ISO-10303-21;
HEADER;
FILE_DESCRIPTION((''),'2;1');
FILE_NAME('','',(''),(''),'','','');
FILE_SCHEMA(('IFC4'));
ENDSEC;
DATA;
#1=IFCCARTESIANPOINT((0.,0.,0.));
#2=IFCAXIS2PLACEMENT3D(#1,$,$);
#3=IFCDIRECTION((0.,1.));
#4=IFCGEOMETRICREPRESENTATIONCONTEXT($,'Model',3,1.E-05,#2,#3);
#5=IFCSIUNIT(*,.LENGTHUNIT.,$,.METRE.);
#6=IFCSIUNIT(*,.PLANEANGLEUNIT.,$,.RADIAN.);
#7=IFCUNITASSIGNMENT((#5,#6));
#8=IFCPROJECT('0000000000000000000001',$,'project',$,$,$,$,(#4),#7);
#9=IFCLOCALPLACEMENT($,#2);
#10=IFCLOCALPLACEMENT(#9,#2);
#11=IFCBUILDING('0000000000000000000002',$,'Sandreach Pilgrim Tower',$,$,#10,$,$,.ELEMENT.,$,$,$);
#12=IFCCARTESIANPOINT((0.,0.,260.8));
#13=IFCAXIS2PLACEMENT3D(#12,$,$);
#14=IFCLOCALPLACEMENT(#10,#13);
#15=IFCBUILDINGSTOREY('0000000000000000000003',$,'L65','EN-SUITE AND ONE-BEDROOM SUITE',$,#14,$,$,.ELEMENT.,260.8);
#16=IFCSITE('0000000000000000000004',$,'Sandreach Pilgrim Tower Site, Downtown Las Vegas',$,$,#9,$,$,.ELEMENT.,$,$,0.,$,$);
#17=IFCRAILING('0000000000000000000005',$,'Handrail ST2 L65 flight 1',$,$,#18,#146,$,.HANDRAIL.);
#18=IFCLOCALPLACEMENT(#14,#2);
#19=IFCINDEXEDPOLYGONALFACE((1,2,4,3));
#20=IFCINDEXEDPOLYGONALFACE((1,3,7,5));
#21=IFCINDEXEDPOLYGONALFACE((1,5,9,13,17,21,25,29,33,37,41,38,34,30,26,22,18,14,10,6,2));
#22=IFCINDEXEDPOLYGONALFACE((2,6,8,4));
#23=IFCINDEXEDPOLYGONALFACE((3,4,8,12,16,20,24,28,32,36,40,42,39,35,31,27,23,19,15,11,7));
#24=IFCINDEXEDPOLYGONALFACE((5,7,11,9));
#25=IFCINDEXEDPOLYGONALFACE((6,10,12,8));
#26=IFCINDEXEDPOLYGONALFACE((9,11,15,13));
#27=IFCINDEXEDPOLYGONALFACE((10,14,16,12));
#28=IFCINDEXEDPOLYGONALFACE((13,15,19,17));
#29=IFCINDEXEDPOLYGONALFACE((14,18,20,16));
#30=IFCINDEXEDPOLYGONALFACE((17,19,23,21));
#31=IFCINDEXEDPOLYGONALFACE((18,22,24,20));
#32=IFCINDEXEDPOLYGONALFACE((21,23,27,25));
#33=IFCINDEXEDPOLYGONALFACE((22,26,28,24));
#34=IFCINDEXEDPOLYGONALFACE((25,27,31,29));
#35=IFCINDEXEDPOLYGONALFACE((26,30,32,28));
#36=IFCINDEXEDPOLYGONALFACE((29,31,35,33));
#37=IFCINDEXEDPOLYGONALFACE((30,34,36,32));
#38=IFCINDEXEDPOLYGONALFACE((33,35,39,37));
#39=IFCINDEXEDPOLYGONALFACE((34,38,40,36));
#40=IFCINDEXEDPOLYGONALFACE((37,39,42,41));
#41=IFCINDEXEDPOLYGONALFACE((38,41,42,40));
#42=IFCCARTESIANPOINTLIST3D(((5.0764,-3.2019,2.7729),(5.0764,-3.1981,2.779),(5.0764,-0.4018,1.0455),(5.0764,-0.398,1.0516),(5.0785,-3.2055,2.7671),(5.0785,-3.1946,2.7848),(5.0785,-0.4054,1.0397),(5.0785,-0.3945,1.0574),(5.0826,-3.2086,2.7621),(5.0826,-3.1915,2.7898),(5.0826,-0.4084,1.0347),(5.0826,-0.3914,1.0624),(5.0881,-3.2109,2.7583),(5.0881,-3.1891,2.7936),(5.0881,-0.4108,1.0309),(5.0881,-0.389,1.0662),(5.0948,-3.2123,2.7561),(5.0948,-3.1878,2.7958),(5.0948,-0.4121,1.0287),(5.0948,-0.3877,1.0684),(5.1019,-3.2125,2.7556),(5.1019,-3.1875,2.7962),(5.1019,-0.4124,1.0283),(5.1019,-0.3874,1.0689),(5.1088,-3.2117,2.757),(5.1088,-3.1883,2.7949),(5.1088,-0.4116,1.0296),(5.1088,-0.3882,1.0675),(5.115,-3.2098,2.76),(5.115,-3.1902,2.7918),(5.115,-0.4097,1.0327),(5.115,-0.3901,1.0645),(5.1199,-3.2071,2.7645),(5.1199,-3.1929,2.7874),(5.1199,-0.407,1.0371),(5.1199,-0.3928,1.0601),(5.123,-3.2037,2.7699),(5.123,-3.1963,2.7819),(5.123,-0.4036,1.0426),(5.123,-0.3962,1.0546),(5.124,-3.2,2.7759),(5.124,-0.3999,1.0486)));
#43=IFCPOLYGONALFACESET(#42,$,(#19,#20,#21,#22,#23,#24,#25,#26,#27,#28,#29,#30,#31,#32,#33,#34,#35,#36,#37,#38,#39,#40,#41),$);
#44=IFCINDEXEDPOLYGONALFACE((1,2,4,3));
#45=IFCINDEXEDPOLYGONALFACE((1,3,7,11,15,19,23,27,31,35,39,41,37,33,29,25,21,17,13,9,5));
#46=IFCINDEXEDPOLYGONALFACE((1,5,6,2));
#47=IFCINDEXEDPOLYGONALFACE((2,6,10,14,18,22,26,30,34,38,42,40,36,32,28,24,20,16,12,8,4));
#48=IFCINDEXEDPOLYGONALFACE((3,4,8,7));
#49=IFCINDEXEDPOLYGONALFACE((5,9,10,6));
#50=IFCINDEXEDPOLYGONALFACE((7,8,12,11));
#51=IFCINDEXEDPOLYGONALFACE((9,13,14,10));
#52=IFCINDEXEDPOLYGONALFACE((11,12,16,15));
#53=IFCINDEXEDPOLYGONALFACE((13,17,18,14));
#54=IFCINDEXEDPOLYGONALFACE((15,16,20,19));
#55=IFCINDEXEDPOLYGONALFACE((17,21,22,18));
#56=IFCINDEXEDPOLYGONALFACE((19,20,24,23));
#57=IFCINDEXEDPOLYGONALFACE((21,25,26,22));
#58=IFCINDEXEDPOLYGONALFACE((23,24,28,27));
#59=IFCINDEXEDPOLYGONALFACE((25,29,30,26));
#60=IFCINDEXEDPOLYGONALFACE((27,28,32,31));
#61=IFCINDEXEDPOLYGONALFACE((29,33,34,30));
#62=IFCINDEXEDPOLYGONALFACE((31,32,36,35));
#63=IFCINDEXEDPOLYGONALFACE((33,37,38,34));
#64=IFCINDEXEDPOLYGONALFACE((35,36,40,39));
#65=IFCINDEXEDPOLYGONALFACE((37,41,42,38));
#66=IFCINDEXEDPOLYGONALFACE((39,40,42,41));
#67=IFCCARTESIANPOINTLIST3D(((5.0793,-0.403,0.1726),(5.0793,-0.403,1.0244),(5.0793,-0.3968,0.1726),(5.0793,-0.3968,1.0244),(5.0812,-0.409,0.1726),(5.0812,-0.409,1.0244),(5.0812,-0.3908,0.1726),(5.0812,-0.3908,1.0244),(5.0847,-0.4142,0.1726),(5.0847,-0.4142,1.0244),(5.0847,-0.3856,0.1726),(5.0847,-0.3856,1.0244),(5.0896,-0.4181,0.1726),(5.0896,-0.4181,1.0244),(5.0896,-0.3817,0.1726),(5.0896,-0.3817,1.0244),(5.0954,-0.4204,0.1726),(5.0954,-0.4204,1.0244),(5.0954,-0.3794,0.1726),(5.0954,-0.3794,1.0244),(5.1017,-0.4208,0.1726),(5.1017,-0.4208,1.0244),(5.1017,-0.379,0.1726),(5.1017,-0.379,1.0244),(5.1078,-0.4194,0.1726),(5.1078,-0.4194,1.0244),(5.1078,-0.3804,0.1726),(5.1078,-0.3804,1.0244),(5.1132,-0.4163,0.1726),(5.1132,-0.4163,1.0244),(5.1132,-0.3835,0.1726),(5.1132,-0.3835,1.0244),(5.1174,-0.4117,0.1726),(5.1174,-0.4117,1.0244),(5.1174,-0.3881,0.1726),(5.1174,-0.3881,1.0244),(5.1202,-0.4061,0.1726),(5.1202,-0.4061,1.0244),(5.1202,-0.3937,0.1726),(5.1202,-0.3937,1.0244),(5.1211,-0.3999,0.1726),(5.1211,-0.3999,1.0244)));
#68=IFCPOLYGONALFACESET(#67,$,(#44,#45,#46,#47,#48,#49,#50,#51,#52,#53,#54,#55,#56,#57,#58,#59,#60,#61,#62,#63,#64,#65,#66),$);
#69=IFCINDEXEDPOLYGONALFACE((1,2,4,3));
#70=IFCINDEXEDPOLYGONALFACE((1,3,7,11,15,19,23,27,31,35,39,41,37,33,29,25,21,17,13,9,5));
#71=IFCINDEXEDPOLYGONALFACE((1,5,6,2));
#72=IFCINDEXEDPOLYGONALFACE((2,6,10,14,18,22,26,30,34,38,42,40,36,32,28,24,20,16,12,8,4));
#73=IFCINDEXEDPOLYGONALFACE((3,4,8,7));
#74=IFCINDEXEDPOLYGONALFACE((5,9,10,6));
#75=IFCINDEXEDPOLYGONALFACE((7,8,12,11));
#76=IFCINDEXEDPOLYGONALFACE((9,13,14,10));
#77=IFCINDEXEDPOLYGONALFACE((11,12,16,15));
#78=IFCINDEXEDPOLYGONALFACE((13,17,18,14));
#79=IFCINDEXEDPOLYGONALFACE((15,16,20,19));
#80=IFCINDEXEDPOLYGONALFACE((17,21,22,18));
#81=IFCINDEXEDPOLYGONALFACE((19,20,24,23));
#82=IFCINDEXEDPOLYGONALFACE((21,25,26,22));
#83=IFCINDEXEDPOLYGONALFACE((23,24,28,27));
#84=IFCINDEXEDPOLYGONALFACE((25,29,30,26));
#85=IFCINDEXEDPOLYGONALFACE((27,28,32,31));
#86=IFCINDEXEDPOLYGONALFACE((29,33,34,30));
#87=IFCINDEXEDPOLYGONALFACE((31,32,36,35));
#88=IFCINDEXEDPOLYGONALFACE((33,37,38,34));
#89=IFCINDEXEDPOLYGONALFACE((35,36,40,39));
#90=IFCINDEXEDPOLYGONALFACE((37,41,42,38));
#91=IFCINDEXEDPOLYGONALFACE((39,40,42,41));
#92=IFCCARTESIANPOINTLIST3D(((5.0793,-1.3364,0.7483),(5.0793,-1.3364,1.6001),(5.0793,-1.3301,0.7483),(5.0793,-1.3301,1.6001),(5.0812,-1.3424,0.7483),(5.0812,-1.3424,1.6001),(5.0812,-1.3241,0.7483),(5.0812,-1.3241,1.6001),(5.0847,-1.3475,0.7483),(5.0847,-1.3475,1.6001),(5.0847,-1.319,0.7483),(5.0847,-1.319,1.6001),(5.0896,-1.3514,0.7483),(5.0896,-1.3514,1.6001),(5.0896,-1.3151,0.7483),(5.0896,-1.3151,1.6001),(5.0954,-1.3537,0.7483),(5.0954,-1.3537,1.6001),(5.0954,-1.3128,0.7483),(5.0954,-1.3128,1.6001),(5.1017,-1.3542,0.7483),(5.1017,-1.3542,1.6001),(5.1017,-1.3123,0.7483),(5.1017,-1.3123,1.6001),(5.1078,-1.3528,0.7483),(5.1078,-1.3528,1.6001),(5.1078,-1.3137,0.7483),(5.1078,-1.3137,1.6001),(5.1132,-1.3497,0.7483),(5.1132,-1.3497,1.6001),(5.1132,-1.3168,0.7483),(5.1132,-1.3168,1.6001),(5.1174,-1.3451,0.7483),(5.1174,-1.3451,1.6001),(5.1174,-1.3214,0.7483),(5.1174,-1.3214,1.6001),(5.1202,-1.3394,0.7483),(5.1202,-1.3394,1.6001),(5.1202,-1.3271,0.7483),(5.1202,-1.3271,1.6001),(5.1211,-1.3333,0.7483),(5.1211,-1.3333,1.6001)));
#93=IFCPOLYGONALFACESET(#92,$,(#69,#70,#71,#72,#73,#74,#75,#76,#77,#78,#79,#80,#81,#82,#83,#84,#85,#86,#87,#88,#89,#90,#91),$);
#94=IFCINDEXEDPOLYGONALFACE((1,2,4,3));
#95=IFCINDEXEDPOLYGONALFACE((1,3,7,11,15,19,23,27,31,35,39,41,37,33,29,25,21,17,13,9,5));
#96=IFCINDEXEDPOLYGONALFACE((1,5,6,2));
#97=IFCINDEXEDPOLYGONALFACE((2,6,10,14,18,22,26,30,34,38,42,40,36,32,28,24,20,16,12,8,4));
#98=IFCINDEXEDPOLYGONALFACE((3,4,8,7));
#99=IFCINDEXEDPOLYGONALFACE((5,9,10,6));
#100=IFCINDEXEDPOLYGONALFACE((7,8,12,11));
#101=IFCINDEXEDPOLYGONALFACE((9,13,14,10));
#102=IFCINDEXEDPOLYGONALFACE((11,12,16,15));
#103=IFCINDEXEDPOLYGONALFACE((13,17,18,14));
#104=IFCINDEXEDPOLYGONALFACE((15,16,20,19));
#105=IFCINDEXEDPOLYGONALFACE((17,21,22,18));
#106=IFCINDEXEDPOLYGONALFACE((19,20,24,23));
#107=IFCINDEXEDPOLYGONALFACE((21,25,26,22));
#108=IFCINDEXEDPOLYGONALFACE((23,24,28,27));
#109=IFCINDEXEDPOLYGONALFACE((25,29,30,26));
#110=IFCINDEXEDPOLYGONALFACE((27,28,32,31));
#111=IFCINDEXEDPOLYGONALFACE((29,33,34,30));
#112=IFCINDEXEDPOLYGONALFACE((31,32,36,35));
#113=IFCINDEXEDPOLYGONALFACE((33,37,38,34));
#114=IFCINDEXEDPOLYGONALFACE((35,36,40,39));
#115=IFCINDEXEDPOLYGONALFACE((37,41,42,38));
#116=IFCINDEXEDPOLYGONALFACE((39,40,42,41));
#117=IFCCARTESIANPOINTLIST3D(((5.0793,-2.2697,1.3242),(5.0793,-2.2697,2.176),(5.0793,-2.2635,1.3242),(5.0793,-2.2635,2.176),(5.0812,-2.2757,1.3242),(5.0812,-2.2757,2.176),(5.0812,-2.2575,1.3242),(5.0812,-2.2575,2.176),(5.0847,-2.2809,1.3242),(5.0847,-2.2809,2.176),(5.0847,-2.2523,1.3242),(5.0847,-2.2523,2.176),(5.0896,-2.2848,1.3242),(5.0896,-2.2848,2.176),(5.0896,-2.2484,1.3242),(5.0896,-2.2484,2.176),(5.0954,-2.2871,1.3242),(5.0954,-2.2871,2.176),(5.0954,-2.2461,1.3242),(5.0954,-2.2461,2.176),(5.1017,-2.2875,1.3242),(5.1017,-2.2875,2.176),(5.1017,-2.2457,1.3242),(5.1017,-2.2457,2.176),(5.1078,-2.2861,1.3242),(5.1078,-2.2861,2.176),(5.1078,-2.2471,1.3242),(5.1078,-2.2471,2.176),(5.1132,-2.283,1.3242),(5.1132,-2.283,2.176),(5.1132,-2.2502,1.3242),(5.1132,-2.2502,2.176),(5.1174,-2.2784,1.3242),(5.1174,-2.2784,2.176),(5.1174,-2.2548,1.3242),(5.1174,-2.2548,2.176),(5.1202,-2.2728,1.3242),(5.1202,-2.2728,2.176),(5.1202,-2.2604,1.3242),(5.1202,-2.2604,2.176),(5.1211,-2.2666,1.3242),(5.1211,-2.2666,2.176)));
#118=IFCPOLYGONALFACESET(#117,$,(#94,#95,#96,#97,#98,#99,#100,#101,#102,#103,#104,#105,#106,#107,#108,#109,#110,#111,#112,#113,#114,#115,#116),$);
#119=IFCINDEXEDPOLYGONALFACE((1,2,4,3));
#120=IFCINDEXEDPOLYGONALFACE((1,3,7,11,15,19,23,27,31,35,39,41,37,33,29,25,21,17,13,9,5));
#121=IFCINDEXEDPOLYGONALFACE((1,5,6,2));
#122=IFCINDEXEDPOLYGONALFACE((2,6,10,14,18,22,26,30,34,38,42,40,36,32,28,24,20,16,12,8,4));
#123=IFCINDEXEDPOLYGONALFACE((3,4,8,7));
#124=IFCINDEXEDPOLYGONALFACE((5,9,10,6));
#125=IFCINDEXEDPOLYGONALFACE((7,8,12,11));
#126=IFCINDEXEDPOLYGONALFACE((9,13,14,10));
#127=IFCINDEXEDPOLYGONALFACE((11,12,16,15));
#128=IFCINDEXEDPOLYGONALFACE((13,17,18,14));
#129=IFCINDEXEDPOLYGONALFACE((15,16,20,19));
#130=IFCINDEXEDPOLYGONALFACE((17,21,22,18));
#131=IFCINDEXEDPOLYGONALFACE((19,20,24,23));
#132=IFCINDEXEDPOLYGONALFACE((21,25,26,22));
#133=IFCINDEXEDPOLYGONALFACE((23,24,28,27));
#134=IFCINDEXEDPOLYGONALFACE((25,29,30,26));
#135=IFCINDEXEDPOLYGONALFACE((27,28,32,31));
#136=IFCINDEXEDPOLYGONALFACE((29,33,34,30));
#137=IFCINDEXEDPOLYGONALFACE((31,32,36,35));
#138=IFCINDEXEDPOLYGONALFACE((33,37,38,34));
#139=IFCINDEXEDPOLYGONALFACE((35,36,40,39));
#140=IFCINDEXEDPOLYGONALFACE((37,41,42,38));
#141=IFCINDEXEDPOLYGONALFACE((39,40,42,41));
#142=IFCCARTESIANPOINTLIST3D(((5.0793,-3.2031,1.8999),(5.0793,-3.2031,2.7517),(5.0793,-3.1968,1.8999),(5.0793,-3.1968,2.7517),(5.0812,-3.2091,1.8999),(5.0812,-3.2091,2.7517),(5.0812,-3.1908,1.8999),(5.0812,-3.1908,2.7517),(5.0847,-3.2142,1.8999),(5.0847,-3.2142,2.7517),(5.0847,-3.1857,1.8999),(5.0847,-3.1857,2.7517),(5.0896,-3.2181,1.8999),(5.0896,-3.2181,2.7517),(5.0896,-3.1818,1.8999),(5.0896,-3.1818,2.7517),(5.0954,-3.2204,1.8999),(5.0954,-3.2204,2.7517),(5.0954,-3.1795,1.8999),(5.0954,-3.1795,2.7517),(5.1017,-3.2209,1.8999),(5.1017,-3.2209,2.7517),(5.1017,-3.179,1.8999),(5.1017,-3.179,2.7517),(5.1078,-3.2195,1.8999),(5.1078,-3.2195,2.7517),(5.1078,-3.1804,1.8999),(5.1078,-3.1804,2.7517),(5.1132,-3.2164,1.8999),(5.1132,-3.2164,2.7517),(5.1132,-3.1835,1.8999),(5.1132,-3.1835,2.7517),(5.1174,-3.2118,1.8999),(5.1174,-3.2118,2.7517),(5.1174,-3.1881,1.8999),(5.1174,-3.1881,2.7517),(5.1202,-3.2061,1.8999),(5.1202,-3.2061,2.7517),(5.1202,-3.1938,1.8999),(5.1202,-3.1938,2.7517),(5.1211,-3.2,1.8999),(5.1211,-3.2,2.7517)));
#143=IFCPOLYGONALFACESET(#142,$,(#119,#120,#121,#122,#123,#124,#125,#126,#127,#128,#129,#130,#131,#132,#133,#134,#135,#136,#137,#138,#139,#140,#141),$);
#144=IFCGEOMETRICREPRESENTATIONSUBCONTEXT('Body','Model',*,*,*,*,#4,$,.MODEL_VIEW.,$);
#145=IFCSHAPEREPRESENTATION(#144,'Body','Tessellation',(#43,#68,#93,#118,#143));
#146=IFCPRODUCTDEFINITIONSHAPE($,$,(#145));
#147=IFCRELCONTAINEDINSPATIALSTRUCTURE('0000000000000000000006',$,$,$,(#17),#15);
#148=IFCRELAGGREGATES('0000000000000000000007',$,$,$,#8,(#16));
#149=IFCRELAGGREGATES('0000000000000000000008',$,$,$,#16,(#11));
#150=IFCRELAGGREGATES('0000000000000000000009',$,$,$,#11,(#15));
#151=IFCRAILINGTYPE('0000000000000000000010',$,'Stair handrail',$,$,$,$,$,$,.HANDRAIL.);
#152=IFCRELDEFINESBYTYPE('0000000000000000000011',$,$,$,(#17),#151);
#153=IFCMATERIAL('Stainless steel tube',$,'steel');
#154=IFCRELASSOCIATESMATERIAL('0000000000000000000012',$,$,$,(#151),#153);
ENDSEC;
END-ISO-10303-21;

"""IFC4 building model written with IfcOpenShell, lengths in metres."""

from ifc_helpers import new_model, si_unit, direction, frame, origin, origin_2d, place, context, subcontext, project, spatial, circle, extrude, material, type_object, element, save


model = new_model("IFC4")

# Units and contexts
model_context = context("Model", 3, precision=1e-05, world=origin(), true_north=direction((0.0, 1.0)))
body_context = subcontext(model_context, "Body", "Model", "MODEL_VIEW")
ifc_project = project(units=[si_unit("LENGTHUNIT", "METRE"), si_unit("PLANEANGLEUNIT", "RADIAN")], contexts=[model_context])

# Site, building, storey
site_placement = place(None, origin())
site = spatial("IfcSite", under=ifc_project, at=site_placement, Name="Sandreach Pilgrim Tower Site, Downtown Las Vegas", CompositionType="ELEMENT", RefElevation=0.0)
building_placement = place(site_placement, origin())
building = spatial("IfcBuilding", under=site, at=building_placement, Name="Sandreach Pilgrim Tower", CompositionType="ELEMENT")
storey_placement = place(building_placement, frame((0.0, 0.0, 260.8)))
storey = spatial("IfcBuildingStorey", under=building, at=storey_placement, Name="L65", Description="EN-SUITE AND ONE-BEDROOM SUITE", CompositionType="ELEMENT", Elevation=260.8)

# Railing
ifc_material_1 = material(Name="Stainless steel tube", Category="steel")
railing_type = type_object("IfcRailingType", Name="Stair handrail", PredefinedType="HANDRAIL", material=ifc_material_1)
for number, where, name in (
    (1, (5.1001, -0.3999, 0.1726), "Handrail ST2 L65 flight 1"),
):
    element("IfcRailing", number, at=place(storey_placement, frame(where)), inside=storey, type_object=railing_type, Name=name, PredefinedType="HANDRAIL", context=body_context, shape_type="SweptSolid", body=[
        extrude(circle(Radius=0.0239, at=origin_2d()), frame((0.0, 0.0, 0.876), z_axis=(0.0, -0.85109, 0.52502), x_axis=(1.0, 0.0, 0.0)), (0.0, 0.0, 1.0), 3.29),
        extrude(circle(Radius=0.021, at=origin_2d()), origin(), (0.0, 0.0, 1.0), 0.8518),
        extrude(circle(Radius=0.021, at=origin_2d()), frame((0.0, -0.9333, 0.5757)), (0.0, 0.0, 1.0), 0.8518),
        extrude(circle(Radius=0.021, at=origin_2d()), frame((0.0, -1.8667, 1.1516)), (0.0, 0.0, 1.0), 0.8518),
        extrude(circle(Radius=0.021, at=origin_2d()), frame((0.0, -2.8, 1.7273)), (0.0, 0.0, 1.0), 0.8518),
    ])

save(model, "model.ifc")
